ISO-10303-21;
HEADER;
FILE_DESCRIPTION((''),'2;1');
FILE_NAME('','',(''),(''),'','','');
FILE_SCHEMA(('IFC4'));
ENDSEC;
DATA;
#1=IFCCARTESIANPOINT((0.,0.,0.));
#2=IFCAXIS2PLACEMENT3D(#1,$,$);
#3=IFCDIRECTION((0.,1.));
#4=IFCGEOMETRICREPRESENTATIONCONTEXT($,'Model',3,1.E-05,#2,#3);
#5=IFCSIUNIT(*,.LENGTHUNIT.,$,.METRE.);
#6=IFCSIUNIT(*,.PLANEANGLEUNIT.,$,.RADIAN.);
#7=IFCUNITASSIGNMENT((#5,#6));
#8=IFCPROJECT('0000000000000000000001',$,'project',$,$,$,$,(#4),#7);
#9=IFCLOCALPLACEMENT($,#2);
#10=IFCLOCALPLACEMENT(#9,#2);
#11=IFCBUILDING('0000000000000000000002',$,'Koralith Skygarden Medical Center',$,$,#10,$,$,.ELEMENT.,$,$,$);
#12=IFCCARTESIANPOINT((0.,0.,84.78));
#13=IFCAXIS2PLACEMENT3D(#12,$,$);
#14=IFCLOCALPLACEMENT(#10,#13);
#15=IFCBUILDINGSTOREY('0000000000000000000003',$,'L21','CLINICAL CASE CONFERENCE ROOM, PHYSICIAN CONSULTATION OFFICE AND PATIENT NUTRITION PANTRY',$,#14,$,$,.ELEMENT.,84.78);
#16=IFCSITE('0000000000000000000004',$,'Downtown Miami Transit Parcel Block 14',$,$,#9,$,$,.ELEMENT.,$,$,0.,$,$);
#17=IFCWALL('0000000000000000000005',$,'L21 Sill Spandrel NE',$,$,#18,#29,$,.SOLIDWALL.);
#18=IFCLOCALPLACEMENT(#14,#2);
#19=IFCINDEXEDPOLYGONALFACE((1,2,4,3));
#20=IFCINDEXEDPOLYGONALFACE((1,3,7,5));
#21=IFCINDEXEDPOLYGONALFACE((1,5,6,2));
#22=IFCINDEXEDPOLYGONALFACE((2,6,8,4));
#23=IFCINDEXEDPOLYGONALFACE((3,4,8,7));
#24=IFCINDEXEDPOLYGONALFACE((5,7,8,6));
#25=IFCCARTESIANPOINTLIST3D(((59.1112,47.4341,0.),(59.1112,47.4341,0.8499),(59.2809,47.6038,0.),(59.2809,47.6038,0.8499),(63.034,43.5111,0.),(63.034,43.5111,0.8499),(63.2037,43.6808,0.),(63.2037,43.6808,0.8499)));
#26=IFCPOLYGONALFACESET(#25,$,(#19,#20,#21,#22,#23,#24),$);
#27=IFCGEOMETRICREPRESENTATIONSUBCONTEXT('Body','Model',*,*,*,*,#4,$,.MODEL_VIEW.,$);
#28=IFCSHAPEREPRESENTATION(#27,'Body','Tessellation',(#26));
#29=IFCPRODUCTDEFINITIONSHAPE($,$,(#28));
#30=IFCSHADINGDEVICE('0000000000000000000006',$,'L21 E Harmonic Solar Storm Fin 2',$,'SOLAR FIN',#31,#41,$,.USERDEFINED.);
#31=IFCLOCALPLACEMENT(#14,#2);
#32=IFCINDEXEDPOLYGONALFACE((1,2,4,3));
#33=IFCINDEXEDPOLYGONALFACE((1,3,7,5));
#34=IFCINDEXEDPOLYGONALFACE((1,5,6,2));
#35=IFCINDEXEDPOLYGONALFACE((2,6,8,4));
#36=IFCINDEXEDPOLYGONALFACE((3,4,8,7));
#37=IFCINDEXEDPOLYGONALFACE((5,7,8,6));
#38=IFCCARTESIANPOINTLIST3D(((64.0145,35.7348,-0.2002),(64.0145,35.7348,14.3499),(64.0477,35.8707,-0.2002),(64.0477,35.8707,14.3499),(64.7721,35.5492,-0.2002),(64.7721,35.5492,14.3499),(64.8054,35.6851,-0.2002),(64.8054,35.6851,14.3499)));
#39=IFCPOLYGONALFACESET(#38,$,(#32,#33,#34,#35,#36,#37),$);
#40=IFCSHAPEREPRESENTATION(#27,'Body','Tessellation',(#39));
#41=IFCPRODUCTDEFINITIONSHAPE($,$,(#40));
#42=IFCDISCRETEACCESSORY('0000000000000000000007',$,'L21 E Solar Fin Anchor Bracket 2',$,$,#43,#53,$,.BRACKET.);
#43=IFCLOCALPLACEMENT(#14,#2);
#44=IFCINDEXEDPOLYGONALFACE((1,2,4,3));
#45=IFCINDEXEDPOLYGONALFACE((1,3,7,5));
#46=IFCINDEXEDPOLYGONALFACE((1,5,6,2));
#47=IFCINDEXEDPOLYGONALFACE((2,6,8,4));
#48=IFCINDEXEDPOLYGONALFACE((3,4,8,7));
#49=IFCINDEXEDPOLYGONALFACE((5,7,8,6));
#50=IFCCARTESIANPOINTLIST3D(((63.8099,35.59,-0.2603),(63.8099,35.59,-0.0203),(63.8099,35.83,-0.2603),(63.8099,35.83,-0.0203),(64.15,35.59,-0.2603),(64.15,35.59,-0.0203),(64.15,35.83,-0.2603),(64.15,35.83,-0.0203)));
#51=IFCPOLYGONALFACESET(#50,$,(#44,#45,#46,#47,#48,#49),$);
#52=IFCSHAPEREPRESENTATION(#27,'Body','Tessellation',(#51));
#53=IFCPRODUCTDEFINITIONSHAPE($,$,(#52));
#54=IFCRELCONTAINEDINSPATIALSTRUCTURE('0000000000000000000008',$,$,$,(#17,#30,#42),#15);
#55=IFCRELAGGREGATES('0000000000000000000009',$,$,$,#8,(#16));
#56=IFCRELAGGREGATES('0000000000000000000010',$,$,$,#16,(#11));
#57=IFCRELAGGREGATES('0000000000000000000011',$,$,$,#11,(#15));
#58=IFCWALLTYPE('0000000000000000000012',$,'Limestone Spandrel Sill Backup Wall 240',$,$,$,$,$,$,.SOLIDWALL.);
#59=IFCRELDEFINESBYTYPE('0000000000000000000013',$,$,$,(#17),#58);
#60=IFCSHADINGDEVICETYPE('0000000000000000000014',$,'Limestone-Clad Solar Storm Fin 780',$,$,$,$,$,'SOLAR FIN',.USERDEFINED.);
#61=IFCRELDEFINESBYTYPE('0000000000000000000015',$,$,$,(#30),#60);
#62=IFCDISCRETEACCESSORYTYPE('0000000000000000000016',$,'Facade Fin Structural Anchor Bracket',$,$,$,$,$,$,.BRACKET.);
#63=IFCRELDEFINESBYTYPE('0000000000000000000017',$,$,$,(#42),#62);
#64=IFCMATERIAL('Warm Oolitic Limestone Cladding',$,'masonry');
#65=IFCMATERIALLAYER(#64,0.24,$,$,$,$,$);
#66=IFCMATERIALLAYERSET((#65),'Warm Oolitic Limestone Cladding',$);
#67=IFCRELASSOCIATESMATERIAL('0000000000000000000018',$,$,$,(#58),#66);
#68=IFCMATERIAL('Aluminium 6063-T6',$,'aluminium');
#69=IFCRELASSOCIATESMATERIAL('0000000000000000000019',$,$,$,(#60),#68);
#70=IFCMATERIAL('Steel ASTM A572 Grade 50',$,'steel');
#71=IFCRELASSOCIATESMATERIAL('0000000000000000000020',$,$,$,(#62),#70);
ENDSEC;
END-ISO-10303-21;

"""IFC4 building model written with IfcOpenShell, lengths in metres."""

from ifc_helpers import new_model, si_unit, direction, frame, frame_2d, origin, origin_2d, place, context, subcontext, project, spatial, rectangle, extrude, material, layer, layer_set, type_object, element, save


model = new_model("IFC4")

# Units and contexts
model_context = context("Model", 3, precision=1e-05, world=origin(), true_north=direction((0.0, 1.0)))
body_context = subcontext(model_context, "Body", "Model", "MODEL_VIEW")
ifc_project = project(units=[si_unit("LENGTHUNIT", "METRE"), si_unit("PLANEANGLEUNIT", "RADIAN")], contexts=[model_context])

# Site, building, storey
site_placement = place(None, origin())
site = spatial("IfcSite", under=ifc_project, at=site_placement, Name="Downtown Miami Transit Parcel Block 14", CompositionType="ELEMENT", RefElevation=0.0)
building_placement = place(site_placement, origin())
building = spatial("IfcBuilding", under=site, at=building_placement, Name="Koralith Skygarden Medical Center", CompositionType="ELEMENT")
storey_placement = place(building_placement, frame((0.0, 0.0, 84.78)))
storey = spatial("IfcBuildingStorey", under=building, at=storey_placement, Name="L21", Description="CLINICAL CASE CONFERENCE ROOM, PHYSICIAN CONSULTATION OFFICE AND PATIENT NUTRITION PANTRY", CompositionType="ELEMENT", Elevation=84.78)

# Shared definitions
ifc_material_1 = material(Name="Aluminium 6063-T6", Category="aluminium")

# Shared definitions
ifc_material_2 = material(Name="Warm Oolitic Limestone Cladding", Category="masonry")

# Wall
ifc_layer_1 = layer(ifc_material_2, 0.24)
ifc_layer_set_1 = layer_set([ifc_layer_1], Name="Warm Oolitic Limestone Cladding")
wall_type_1 = type_object("IfcWallType", Name="Limestone Spandrel Sill Backup Wall 240", PredefinedType="SOLIDWALL", material=ifc_layer_set_1)
wall_1_placement = place(storey_placement, frame((63.1189, 43.5959, 0.0), z_axis=(0.0, 0.0, 1.0), x_axis=(-0.707085, 0.707129, 0.0)))
element("IfcWall", 1, at=wall_1_placement, inside=storey, type_object=wall_type_1, Name="L21 Sill Spandrel NE", PredefinedType="SOLIDWALL", context=body_context, shape_type="SweptSolid", body=[
    extrude(rectangle(XDim=5.5479, YDim=0.24, at=frame_2d((2.7739, 0.0))), origin(), (0.0, 0.0, 1.0), 0.8499),
])

# Shading device
shading_device_type = type_object("IfcShadingDeviceType", Name="Limestone-Clad Solar Storm Fin 780", ElementType="SOLAR FIN", PredefinedType="USERDEFINED", material=ifc_material_1)
shading_device_placement = place(storey_placement, frame((64.4099, 35.71, -0.2002), z_axis=(0.0, 0.0, 1.0), x_axis=(0.971272, -0.237974, 0.0)))
element("IfcShadingDevice", 2, at=shading_device_placement, inside=storey, type_object=shading_device_type, Name="L21 E Harmonic Solar Storm Fin 2", ObjectType="SOLAR FIN", PredefinedType="USERDEFINED", context=body_context, shape_type="SweptSolid", body=[
    extrude(rectangle(XDim=0.78, YDim=0.1399, at=origin_2d()), origin(), (0.0, 0.0, 1.0), 14.55),
])

# Discrete accessory
ifc_material_3 = material(Name="Steel ASTM A572 Grade 50", Category="steel")
discrete_accessory_type = type_object("IfcDiscreteAccessoryType", Name="Facade Fin Structural Anchor Bracket", PredefinedType="BRACKET", material=ifc_material_3)
discrete_accessory_placement = place(storey_placement, frame((63.98, 35.71, -0.2603), z_axis=(0.0, 0.0, 1.0), x_axis=(1.0, 0.0, 0.0)))
element("IfcDiscreteAccessory", 3, at=discrete_accessory_placement, inside=storey, type_object=discrete_accessory_type, Name="L21 E Solar Fin Anchor Bracket 2", PredefinedType="BRACKET", context=body_context, shape_type="SweptSolid", body=[
    extrude(rectangle(XDim=0.3401, YDim=0.24, at=origin_2d()), origin(), (0.0, 0.0, 1.0), 0.24),
])

save(model, "model.ifc")
